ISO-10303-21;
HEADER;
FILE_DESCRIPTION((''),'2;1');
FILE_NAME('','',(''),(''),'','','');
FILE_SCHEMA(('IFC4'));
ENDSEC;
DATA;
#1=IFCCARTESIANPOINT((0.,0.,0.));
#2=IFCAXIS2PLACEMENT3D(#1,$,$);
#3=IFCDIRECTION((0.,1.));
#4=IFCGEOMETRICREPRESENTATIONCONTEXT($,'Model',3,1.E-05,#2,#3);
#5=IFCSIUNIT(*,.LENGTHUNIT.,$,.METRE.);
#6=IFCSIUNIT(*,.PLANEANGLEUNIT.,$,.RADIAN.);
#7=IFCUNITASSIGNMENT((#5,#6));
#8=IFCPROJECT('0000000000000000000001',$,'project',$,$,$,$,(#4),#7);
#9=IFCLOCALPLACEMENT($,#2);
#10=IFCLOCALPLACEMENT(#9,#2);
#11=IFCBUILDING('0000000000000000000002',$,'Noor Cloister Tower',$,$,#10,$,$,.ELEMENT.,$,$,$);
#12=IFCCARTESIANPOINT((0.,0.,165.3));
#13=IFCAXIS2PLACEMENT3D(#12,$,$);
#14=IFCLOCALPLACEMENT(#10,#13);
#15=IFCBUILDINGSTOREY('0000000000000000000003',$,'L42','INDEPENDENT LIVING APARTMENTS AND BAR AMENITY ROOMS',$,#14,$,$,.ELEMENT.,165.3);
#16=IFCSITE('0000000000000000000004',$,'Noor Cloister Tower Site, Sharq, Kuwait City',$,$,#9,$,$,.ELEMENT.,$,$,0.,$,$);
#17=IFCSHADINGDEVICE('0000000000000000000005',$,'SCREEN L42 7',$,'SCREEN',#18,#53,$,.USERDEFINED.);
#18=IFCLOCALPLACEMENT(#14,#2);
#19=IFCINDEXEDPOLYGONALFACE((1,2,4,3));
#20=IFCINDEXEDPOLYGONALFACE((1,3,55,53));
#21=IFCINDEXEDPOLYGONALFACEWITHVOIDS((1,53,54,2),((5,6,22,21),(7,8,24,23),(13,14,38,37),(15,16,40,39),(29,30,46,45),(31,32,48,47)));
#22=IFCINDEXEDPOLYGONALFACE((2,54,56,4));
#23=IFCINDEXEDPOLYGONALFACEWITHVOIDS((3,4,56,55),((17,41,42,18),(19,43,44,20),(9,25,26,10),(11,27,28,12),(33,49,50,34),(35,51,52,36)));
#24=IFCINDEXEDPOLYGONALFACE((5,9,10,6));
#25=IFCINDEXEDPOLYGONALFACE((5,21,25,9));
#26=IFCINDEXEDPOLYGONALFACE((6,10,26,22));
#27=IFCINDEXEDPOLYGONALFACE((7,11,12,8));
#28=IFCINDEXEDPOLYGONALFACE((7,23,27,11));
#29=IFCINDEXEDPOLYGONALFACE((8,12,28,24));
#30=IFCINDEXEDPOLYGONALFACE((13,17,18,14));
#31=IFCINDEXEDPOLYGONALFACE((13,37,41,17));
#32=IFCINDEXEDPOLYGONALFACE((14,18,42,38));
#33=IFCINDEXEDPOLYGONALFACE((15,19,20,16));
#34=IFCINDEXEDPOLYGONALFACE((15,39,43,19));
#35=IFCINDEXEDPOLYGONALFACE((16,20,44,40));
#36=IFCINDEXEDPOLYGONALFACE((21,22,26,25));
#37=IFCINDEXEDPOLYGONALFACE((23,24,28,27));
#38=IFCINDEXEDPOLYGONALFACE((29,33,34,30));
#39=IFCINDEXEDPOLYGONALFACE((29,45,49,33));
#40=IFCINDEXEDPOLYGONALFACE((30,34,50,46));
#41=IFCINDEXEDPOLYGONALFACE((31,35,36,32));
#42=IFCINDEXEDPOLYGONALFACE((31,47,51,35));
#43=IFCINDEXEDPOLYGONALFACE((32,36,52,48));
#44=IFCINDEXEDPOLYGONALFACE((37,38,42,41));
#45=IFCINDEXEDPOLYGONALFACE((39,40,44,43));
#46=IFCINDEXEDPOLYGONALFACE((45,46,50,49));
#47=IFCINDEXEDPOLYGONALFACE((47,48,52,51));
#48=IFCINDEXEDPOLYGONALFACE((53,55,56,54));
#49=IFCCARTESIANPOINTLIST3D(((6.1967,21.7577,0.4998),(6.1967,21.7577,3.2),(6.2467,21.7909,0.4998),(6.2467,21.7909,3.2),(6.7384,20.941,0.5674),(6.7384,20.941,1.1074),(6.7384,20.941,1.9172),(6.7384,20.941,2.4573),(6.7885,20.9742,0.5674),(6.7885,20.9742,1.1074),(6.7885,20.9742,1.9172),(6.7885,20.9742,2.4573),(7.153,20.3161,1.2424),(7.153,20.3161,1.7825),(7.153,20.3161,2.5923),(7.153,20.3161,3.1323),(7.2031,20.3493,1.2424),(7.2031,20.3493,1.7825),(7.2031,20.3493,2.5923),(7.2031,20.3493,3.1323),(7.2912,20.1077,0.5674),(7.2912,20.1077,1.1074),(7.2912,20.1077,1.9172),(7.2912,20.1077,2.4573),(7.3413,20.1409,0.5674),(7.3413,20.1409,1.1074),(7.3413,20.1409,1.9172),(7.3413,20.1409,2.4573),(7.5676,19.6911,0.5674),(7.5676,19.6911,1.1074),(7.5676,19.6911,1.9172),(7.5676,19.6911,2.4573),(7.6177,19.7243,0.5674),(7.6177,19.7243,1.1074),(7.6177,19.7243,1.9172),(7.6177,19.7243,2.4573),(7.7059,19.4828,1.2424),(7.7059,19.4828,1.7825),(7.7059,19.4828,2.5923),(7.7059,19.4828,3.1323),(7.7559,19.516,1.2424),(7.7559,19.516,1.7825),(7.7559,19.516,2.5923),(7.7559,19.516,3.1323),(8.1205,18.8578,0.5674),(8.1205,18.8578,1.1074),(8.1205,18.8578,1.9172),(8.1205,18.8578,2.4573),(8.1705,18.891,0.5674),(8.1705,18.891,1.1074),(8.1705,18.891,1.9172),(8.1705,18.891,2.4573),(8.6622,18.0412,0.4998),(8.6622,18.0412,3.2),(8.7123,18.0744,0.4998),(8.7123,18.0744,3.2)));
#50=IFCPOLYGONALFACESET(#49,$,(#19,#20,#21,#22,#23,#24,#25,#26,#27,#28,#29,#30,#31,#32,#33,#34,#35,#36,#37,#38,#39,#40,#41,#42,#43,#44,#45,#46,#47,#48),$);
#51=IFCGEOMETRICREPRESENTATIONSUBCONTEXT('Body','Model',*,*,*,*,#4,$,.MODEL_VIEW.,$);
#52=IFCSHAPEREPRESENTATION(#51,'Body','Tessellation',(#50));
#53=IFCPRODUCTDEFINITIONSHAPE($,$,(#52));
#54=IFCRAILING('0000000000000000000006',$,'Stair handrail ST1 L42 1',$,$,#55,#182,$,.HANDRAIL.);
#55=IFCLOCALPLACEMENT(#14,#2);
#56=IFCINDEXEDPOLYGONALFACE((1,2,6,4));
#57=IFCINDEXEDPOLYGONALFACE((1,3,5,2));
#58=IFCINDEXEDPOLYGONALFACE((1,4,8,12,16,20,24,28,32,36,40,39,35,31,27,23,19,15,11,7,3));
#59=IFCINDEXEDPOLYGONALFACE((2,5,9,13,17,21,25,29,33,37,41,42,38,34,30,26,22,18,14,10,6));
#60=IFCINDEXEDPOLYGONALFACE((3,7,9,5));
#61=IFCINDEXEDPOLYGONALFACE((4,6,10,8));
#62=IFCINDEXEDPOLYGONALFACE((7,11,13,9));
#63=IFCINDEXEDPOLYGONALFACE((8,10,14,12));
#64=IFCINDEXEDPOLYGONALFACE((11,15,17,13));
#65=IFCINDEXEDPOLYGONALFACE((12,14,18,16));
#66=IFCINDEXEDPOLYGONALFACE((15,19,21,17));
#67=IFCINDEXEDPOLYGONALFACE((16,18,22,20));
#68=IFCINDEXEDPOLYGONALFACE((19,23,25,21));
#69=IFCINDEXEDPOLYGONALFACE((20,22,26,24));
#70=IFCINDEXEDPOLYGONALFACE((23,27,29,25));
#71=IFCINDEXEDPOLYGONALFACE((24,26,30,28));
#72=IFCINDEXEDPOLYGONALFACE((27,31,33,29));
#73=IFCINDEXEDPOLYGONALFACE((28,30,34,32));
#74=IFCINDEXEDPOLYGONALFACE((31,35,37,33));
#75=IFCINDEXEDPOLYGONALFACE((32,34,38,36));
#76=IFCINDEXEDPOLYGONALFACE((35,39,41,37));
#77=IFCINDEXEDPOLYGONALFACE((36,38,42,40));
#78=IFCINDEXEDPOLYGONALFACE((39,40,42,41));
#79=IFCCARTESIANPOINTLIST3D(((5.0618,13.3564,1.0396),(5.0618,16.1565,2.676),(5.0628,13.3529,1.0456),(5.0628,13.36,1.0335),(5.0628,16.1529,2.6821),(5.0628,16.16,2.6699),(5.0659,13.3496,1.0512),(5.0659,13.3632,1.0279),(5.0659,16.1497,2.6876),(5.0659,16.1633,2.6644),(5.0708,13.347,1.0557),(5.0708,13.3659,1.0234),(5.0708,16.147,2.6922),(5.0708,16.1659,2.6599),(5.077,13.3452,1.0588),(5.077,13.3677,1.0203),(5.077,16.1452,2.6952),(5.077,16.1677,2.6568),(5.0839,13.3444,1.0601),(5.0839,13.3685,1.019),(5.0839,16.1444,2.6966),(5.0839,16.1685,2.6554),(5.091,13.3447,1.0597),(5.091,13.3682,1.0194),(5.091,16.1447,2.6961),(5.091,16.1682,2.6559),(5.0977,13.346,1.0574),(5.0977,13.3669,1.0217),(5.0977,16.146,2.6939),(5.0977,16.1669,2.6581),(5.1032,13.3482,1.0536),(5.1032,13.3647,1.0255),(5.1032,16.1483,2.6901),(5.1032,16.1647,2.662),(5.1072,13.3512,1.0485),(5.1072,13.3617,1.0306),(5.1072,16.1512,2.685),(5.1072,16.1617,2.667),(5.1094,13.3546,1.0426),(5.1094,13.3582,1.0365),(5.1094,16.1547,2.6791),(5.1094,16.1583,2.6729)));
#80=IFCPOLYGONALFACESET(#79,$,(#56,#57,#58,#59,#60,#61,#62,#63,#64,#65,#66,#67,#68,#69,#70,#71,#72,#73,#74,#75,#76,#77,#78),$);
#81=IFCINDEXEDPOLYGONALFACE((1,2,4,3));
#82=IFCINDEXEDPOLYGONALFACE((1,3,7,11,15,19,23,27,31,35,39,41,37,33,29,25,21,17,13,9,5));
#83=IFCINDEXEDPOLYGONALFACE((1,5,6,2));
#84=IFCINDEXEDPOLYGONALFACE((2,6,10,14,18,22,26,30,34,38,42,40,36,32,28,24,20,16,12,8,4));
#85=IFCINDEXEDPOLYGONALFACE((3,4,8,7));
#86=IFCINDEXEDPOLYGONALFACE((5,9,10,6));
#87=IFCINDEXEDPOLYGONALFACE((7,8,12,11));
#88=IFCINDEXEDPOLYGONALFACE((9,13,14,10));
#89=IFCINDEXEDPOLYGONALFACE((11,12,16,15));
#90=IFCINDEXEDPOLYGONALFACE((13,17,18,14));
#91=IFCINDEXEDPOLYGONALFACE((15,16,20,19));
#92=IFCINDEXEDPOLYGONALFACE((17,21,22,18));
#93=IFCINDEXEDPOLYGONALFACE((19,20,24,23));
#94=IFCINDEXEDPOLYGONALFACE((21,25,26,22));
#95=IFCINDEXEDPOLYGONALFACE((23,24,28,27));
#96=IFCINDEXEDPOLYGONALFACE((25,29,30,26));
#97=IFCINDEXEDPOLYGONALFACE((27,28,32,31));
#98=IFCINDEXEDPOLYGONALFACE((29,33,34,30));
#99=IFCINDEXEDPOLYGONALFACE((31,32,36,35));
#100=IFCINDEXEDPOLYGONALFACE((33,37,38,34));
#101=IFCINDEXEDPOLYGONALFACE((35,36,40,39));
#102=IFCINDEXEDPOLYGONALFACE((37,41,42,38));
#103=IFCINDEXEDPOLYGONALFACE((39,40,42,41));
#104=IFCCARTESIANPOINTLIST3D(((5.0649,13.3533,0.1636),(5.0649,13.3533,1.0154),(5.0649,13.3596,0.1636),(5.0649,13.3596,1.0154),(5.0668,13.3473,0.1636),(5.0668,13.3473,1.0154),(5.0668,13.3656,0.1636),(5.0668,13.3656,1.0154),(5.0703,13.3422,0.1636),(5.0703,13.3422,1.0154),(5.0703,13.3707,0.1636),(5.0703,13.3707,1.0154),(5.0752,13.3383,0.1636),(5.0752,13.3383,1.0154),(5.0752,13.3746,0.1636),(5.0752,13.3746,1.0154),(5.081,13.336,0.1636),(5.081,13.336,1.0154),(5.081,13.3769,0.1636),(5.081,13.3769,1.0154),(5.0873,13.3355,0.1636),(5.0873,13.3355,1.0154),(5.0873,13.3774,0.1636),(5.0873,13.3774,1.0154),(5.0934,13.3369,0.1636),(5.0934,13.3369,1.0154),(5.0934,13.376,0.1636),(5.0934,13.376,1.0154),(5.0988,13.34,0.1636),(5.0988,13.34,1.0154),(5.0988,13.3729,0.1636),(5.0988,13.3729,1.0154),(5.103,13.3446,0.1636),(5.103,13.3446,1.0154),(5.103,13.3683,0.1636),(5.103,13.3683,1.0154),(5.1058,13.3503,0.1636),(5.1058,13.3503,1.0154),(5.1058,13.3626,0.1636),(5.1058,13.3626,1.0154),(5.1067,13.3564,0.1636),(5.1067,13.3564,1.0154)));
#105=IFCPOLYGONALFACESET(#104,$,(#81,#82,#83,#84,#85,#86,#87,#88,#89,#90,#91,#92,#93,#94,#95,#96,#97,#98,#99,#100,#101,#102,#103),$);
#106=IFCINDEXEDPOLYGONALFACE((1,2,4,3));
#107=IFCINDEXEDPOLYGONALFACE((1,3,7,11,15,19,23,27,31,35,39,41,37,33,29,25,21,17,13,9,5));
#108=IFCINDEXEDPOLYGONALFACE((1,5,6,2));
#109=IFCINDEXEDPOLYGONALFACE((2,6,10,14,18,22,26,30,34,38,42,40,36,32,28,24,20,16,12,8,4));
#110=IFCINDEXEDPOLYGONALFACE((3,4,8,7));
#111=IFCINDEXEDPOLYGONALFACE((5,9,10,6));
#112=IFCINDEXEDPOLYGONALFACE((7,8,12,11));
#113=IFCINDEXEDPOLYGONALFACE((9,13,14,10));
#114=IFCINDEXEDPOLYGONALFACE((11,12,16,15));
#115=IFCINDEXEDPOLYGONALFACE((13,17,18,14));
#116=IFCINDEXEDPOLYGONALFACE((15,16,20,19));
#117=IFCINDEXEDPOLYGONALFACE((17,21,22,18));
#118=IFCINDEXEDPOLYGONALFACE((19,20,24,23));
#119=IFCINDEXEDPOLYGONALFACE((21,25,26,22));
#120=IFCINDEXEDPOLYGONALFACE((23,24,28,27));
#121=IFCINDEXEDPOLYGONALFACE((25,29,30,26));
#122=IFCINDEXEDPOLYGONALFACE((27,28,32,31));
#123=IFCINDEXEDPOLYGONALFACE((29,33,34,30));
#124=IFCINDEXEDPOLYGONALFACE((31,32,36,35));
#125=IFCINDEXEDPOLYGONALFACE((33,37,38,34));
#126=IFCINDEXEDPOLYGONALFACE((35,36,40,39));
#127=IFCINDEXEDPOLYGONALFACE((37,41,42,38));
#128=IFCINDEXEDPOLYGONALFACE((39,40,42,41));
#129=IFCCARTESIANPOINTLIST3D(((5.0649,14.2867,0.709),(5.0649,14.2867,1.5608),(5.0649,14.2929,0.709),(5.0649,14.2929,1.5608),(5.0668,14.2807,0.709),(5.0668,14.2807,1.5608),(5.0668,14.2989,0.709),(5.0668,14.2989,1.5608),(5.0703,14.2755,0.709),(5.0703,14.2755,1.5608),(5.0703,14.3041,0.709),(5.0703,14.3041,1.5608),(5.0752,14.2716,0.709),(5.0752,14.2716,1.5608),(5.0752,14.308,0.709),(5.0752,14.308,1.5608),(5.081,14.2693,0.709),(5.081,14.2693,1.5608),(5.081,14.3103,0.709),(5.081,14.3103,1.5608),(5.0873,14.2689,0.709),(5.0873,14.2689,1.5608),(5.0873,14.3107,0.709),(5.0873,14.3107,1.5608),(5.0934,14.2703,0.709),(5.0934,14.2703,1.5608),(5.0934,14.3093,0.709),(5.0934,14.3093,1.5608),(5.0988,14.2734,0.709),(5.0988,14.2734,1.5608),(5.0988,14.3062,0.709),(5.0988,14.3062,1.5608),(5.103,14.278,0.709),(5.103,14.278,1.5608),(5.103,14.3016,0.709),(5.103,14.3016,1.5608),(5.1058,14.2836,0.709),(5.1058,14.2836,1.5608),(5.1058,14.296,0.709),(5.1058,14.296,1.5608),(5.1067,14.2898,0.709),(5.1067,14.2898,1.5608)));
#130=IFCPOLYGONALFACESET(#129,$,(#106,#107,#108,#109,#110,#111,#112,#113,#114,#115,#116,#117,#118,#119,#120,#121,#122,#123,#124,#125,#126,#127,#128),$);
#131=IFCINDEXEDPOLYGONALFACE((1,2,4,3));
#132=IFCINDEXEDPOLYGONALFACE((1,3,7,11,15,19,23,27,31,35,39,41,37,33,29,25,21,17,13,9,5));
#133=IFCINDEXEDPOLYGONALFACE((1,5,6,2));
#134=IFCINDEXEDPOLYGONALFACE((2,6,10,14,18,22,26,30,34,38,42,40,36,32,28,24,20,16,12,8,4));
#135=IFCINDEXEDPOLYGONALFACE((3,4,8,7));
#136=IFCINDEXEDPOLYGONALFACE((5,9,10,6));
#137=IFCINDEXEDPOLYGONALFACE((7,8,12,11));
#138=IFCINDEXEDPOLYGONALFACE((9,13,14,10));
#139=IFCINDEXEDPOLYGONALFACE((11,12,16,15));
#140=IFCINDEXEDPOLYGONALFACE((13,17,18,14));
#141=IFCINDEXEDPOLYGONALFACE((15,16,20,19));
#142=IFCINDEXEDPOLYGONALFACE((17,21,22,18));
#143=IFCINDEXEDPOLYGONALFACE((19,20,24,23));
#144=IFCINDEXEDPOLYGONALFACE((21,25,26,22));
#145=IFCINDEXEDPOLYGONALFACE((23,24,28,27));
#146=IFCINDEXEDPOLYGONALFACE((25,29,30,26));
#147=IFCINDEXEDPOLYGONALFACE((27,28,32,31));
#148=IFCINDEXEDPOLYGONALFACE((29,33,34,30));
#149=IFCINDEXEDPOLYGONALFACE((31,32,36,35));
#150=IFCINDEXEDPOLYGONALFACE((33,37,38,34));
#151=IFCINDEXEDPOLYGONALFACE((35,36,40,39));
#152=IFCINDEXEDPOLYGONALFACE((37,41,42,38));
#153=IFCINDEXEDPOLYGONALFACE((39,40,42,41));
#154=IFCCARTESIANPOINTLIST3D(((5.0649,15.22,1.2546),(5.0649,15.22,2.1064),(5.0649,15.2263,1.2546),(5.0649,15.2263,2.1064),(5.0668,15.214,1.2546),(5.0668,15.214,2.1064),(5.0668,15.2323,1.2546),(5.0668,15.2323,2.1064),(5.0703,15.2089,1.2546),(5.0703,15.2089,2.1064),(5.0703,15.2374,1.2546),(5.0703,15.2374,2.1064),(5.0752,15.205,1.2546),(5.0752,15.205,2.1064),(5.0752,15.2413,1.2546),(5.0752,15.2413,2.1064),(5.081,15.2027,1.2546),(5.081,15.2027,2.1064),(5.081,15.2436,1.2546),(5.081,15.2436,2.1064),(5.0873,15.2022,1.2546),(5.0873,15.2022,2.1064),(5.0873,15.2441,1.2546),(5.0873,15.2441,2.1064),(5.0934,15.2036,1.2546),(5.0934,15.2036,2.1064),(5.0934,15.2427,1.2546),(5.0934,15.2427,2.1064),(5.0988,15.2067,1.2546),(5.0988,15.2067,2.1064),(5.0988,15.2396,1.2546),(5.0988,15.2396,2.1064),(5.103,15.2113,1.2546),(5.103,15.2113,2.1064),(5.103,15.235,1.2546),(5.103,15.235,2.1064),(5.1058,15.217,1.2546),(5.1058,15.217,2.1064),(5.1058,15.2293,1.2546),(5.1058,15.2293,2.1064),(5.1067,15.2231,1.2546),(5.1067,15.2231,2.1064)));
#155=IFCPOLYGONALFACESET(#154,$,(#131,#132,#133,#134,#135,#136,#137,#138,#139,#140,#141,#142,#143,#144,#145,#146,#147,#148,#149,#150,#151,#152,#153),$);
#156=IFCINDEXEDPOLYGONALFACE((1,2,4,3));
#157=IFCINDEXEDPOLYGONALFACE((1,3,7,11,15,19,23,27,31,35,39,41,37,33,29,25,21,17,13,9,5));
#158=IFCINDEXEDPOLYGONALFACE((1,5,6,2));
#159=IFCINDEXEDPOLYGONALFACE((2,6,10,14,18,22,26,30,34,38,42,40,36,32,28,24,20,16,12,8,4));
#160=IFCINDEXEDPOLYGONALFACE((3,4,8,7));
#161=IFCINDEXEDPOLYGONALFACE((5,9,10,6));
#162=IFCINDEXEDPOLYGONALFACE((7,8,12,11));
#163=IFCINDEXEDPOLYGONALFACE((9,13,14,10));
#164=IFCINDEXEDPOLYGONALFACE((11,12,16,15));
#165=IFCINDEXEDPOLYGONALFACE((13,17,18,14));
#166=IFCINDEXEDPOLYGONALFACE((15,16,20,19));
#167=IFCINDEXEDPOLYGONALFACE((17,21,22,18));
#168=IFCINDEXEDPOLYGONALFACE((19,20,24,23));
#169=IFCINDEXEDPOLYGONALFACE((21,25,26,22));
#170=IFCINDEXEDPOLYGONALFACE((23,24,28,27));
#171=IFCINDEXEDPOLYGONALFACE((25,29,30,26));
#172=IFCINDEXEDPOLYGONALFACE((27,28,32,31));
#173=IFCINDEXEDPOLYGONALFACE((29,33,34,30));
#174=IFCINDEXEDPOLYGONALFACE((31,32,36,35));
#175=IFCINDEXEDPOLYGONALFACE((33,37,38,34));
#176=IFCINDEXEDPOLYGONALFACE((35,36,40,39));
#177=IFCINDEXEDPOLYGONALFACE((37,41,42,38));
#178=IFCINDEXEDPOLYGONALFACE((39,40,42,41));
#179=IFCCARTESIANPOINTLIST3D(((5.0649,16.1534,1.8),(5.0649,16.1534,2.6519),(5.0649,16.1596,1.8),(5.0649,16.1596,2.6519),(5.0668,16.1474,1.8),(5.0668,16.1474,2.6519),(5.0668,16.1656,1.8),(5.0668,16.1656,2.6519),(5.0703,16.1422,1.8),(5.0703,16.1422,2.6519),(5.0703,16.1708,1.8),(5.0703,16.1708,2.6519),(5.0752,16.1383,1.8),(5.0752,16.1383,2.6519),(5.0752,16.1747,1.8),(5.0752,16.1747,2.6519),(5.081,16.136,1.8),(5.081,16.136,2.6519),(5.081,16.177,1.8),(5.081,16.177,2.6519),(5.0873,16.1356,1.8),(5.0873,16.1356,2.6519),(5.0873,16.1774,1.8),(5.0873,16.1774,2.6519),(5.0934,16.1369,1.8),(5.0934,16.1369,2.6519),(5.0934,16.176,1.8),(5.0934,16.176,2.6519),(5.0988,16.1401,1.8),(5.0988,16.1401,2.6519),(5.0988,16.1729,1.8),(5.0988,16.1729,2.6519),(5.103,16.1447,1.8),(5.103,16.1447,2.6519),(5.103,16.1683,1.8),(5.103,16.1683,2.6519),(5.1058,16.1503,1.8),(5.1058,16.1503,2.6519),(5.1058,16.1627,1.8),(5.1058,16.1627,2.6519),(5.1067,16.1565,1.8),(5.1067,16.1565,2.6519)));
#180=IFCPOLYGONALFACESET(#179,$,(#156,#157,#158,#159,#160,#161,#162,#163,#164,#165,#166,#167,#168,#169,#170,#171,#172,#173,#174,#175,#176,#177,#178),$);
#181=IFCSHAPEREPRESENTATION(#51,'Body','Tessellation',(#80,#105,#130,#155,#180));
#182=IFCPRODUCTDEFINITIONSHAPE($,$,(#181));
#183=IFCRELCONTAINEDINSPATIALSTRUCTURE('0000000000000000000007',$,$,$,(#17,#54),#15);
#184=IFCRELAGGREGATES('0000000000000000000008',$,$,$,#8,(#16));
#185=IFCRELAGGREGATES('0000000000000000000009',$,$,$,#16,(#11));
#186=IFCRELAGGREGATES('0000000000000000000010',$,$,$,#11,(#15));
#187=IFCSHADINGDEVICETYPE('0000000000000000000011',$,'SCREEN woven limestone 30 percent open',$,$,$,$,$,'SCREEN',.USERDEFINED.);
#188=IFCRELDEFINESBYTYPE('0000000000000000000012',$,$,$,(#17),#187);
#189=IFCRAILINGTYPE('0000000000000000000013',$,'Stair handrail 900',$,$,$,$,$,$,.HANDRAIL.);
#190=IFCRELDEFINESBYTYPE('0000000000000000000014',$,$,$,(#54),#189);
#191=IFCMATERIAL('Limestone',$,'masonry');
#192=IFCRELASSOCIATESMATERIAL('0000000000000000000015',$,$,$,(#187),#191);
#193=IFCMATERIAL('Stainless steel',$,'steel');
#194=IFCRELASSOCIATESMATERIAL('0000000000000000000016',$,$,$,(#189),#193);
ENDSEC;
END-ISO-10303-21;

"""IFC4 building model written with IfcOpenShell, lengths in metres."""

from ifc_helpers import new_model, si_unit, direction, frame, origin, origin_2d, place, context, subcontext, project, spatial, polyline, circle, outline, extrude, material, material_profile, profile_set, type_object, element, save


model = new_model("IFC4")

# Units and contexts
model_context = context("Model", 3, precision=1e-05, world=origin(), true_north=direction((0.0, 1.0)))
body_context = subcontext(model_context, "Body", "Model", "MODEL_VIEW")
ifc_project = project(units=[si_unit("LENGTHUNIT", "METRE"), si_unit("PLANEANGLEUNIT", "RADIAN")], contexts=[model_context])

# Site, building, storey
site_placement = place(None, origin())
site = spatial("IfcSite", under=ifc_project, at=site_placement, Name="Noor Cloister Tower Site, Sharq, Kuwait City", CompositionType="ELEMENT", RefElevation=0.0)
building_placement = place(site_placement, origin())
building = spatial("IfcBuilding", under=site, at=building_placement, Name="Noor Cloister Tower", CompositionType="ELEMENT")
storey_placement = place(building_placement, frame((0.0, 0.0, 165.3)))
storey = spatial("IfcBuildingStorey", under=building, at=storey_placement, Name="L42", Description="INDEPENDENT LIVING APARTMENTS AND BAR AMENITY ROOMS", CompositionType="ELEMENT", Elevation=165.3)

# Shading device
ifc_material_1 = material(Name="Limestone", Category="masonry")
ifc_material_profile_1 = material_profile(ifc_material_1, outline(polyline([(-2.23, -1.3501), (2.23, -1.3501), (2.23, 1.3501), (-2.23, 1.3501), (-2.23, -1.3501)]), holes=[polyline([(-1.25, -1.2825), (-0.25, -1.2825), (-0.25, -0.7424), (-1.25, -0.7424), (-1.25, -1.2825)]), polyline([(0.25, -1.2825), (1.25, -1.2825), (1.25, -0.7424), (0.25, -0.7424), (0.25, -1.2825)]), polyline([(-0.5, -0.6074), (0.5, -0.6074), (0.5, -0.0674), (-0.5, -0.0674), (-0.5, -0.6074)]), polyline([(-1.25, 0.0674), (-0.25, 0.0674), (-0.25, 0.6074), (-1.25, 0.6074), (-1.25, 0.0674)]), polyline([(0.25, 0.0674), (1.25, 0.0674), (1.25, 0.6074), (0.25, 0.6074), (0.25, 0.0674)]), polyline([(-0.5, 0.7424), (0.5, 0.7424), (0.5, 1.2825), (-0.5, 1.2825), (-0.5, 0.7424)])]), Name="Woven screen 30 percent open")
ifc_profile_set_1 = profile_set([ifc_material_profile_1], Name="Limestone")
shading_device_type = type_object("IfcShadingDeviceType", Name="SCREEN woven limestone 30 percent open", ElementType="SCREEN", PredefinedType="USERDEFINED", material=ifc_profile_set_1)
for number, where, z_axis, x_axis, name in (
    (1, (7.4294, 19.8994, 1.8499), (0.833299, 0.552823, 0.0), (-0.552823, 0.833299, 0.0), "SCREEN L42 7"),
):
    element("IfcShadingDevice", number, at=place(storey_placement, frame(where, z_axis=z_axis, x_axis=x_axis)), inside=storey, type_object=shading_device_type, Name=name, ObjectType="SCREEN", PredefinedType="USERDEFINED", context=body_context, shape_type="SweptSolid", body=[
        extrude(outline(polyline([(-2.23, -1.3501), (2.23, -1.3501), (2.23, 1.3501), (-2.23, 1.3501), (-2.23, -1.3501)]), holes=[polyline([(-1.25, -1.2825), (-0.25, -1.2825), (-0.25, -0.7424), (-1.25, -0.7424), (-1.25, -1.2825)]), polyline([(0.25, -1.2825), (1.25, -1.2825), (1.25, -0.7424), (0.25, -0.7424), (0.25, -1.2825)]), polyline([(-0.5, -0.6074), (0.5, -0.6074), (0.5, -0.0674), (-0.5, -0.0674), (-0.5, -0.6074)]), polyline([(-1.25, 0.0674), (-0.25, 0.0674), (-0.25, 0.6074), (-1.25, 0.6074), (-1.25, 0.0674)]), polyline([(0.25, 0.0674), (1.25, 0.0674), (1.25, 0.6074), (0.25, 0.6074), (0.25, 0.0674)]), polyline([(-0.5, 0.7424), (0.5, 0.7424), (0.5, 1.2825), (-0.5, 1.2825), (-0.5, 0.7424)])]), origin(), (0.0, 0.0, 1.0), 0.0601),
    ])

# Railing
ifc_material_2 = material(Name="Stainless steel", Category="steel")
railing_type_1 = type_object("IfcRailingType", Name="Stair handrail 900", PredefinedType="HANDRAIL", material=ifc_material_2)
railing_1_placement = place(storey_placement, frame((5.0857, 13.3564, 0.1636)))
element("IfcRailing", 2, at=railing_1_placement, inside=storey, type_object=railing_type_1, Name="Stair handrail ST1 L42 1", PredefinedType="HANDRAIL", context=body_context, shape_type="SweptSolid", body=[
    extrude(circle(Radius=0.0239, at=origin_2d()), frame((0.0, 0.0, 0.876), z_axis=(0.0, 0.863361, 0.504587), x_axis=(-1.0, 0.0, 0.0)), (0.0, 0.0, 1.0), 3.2432),
    extrude(circle(Radius=0.021, at=origin_2d()), origin(), (0.0, 0.0, 1.0), 0.8518),
    extrude(circle(Radius=0.021, at=origin_2d()), frame((0.0, 0.9333, 0.5454)), (0.0, 0.0, 1.0), 0.8518),
    extrude(circle(Radius=0.021, at=origin_2d()), frame((0.0, 1.8667, 1.0911)), (0.0, 0.0, 1.0), 0.8518),
    extrude(circle(Radius=0.021, at=origin_2d()), frame((0.0, 2.8, 1.6365)), (0.0, 0.0, 1.0), 0.8518),
])

save(model, "model.ifc")
